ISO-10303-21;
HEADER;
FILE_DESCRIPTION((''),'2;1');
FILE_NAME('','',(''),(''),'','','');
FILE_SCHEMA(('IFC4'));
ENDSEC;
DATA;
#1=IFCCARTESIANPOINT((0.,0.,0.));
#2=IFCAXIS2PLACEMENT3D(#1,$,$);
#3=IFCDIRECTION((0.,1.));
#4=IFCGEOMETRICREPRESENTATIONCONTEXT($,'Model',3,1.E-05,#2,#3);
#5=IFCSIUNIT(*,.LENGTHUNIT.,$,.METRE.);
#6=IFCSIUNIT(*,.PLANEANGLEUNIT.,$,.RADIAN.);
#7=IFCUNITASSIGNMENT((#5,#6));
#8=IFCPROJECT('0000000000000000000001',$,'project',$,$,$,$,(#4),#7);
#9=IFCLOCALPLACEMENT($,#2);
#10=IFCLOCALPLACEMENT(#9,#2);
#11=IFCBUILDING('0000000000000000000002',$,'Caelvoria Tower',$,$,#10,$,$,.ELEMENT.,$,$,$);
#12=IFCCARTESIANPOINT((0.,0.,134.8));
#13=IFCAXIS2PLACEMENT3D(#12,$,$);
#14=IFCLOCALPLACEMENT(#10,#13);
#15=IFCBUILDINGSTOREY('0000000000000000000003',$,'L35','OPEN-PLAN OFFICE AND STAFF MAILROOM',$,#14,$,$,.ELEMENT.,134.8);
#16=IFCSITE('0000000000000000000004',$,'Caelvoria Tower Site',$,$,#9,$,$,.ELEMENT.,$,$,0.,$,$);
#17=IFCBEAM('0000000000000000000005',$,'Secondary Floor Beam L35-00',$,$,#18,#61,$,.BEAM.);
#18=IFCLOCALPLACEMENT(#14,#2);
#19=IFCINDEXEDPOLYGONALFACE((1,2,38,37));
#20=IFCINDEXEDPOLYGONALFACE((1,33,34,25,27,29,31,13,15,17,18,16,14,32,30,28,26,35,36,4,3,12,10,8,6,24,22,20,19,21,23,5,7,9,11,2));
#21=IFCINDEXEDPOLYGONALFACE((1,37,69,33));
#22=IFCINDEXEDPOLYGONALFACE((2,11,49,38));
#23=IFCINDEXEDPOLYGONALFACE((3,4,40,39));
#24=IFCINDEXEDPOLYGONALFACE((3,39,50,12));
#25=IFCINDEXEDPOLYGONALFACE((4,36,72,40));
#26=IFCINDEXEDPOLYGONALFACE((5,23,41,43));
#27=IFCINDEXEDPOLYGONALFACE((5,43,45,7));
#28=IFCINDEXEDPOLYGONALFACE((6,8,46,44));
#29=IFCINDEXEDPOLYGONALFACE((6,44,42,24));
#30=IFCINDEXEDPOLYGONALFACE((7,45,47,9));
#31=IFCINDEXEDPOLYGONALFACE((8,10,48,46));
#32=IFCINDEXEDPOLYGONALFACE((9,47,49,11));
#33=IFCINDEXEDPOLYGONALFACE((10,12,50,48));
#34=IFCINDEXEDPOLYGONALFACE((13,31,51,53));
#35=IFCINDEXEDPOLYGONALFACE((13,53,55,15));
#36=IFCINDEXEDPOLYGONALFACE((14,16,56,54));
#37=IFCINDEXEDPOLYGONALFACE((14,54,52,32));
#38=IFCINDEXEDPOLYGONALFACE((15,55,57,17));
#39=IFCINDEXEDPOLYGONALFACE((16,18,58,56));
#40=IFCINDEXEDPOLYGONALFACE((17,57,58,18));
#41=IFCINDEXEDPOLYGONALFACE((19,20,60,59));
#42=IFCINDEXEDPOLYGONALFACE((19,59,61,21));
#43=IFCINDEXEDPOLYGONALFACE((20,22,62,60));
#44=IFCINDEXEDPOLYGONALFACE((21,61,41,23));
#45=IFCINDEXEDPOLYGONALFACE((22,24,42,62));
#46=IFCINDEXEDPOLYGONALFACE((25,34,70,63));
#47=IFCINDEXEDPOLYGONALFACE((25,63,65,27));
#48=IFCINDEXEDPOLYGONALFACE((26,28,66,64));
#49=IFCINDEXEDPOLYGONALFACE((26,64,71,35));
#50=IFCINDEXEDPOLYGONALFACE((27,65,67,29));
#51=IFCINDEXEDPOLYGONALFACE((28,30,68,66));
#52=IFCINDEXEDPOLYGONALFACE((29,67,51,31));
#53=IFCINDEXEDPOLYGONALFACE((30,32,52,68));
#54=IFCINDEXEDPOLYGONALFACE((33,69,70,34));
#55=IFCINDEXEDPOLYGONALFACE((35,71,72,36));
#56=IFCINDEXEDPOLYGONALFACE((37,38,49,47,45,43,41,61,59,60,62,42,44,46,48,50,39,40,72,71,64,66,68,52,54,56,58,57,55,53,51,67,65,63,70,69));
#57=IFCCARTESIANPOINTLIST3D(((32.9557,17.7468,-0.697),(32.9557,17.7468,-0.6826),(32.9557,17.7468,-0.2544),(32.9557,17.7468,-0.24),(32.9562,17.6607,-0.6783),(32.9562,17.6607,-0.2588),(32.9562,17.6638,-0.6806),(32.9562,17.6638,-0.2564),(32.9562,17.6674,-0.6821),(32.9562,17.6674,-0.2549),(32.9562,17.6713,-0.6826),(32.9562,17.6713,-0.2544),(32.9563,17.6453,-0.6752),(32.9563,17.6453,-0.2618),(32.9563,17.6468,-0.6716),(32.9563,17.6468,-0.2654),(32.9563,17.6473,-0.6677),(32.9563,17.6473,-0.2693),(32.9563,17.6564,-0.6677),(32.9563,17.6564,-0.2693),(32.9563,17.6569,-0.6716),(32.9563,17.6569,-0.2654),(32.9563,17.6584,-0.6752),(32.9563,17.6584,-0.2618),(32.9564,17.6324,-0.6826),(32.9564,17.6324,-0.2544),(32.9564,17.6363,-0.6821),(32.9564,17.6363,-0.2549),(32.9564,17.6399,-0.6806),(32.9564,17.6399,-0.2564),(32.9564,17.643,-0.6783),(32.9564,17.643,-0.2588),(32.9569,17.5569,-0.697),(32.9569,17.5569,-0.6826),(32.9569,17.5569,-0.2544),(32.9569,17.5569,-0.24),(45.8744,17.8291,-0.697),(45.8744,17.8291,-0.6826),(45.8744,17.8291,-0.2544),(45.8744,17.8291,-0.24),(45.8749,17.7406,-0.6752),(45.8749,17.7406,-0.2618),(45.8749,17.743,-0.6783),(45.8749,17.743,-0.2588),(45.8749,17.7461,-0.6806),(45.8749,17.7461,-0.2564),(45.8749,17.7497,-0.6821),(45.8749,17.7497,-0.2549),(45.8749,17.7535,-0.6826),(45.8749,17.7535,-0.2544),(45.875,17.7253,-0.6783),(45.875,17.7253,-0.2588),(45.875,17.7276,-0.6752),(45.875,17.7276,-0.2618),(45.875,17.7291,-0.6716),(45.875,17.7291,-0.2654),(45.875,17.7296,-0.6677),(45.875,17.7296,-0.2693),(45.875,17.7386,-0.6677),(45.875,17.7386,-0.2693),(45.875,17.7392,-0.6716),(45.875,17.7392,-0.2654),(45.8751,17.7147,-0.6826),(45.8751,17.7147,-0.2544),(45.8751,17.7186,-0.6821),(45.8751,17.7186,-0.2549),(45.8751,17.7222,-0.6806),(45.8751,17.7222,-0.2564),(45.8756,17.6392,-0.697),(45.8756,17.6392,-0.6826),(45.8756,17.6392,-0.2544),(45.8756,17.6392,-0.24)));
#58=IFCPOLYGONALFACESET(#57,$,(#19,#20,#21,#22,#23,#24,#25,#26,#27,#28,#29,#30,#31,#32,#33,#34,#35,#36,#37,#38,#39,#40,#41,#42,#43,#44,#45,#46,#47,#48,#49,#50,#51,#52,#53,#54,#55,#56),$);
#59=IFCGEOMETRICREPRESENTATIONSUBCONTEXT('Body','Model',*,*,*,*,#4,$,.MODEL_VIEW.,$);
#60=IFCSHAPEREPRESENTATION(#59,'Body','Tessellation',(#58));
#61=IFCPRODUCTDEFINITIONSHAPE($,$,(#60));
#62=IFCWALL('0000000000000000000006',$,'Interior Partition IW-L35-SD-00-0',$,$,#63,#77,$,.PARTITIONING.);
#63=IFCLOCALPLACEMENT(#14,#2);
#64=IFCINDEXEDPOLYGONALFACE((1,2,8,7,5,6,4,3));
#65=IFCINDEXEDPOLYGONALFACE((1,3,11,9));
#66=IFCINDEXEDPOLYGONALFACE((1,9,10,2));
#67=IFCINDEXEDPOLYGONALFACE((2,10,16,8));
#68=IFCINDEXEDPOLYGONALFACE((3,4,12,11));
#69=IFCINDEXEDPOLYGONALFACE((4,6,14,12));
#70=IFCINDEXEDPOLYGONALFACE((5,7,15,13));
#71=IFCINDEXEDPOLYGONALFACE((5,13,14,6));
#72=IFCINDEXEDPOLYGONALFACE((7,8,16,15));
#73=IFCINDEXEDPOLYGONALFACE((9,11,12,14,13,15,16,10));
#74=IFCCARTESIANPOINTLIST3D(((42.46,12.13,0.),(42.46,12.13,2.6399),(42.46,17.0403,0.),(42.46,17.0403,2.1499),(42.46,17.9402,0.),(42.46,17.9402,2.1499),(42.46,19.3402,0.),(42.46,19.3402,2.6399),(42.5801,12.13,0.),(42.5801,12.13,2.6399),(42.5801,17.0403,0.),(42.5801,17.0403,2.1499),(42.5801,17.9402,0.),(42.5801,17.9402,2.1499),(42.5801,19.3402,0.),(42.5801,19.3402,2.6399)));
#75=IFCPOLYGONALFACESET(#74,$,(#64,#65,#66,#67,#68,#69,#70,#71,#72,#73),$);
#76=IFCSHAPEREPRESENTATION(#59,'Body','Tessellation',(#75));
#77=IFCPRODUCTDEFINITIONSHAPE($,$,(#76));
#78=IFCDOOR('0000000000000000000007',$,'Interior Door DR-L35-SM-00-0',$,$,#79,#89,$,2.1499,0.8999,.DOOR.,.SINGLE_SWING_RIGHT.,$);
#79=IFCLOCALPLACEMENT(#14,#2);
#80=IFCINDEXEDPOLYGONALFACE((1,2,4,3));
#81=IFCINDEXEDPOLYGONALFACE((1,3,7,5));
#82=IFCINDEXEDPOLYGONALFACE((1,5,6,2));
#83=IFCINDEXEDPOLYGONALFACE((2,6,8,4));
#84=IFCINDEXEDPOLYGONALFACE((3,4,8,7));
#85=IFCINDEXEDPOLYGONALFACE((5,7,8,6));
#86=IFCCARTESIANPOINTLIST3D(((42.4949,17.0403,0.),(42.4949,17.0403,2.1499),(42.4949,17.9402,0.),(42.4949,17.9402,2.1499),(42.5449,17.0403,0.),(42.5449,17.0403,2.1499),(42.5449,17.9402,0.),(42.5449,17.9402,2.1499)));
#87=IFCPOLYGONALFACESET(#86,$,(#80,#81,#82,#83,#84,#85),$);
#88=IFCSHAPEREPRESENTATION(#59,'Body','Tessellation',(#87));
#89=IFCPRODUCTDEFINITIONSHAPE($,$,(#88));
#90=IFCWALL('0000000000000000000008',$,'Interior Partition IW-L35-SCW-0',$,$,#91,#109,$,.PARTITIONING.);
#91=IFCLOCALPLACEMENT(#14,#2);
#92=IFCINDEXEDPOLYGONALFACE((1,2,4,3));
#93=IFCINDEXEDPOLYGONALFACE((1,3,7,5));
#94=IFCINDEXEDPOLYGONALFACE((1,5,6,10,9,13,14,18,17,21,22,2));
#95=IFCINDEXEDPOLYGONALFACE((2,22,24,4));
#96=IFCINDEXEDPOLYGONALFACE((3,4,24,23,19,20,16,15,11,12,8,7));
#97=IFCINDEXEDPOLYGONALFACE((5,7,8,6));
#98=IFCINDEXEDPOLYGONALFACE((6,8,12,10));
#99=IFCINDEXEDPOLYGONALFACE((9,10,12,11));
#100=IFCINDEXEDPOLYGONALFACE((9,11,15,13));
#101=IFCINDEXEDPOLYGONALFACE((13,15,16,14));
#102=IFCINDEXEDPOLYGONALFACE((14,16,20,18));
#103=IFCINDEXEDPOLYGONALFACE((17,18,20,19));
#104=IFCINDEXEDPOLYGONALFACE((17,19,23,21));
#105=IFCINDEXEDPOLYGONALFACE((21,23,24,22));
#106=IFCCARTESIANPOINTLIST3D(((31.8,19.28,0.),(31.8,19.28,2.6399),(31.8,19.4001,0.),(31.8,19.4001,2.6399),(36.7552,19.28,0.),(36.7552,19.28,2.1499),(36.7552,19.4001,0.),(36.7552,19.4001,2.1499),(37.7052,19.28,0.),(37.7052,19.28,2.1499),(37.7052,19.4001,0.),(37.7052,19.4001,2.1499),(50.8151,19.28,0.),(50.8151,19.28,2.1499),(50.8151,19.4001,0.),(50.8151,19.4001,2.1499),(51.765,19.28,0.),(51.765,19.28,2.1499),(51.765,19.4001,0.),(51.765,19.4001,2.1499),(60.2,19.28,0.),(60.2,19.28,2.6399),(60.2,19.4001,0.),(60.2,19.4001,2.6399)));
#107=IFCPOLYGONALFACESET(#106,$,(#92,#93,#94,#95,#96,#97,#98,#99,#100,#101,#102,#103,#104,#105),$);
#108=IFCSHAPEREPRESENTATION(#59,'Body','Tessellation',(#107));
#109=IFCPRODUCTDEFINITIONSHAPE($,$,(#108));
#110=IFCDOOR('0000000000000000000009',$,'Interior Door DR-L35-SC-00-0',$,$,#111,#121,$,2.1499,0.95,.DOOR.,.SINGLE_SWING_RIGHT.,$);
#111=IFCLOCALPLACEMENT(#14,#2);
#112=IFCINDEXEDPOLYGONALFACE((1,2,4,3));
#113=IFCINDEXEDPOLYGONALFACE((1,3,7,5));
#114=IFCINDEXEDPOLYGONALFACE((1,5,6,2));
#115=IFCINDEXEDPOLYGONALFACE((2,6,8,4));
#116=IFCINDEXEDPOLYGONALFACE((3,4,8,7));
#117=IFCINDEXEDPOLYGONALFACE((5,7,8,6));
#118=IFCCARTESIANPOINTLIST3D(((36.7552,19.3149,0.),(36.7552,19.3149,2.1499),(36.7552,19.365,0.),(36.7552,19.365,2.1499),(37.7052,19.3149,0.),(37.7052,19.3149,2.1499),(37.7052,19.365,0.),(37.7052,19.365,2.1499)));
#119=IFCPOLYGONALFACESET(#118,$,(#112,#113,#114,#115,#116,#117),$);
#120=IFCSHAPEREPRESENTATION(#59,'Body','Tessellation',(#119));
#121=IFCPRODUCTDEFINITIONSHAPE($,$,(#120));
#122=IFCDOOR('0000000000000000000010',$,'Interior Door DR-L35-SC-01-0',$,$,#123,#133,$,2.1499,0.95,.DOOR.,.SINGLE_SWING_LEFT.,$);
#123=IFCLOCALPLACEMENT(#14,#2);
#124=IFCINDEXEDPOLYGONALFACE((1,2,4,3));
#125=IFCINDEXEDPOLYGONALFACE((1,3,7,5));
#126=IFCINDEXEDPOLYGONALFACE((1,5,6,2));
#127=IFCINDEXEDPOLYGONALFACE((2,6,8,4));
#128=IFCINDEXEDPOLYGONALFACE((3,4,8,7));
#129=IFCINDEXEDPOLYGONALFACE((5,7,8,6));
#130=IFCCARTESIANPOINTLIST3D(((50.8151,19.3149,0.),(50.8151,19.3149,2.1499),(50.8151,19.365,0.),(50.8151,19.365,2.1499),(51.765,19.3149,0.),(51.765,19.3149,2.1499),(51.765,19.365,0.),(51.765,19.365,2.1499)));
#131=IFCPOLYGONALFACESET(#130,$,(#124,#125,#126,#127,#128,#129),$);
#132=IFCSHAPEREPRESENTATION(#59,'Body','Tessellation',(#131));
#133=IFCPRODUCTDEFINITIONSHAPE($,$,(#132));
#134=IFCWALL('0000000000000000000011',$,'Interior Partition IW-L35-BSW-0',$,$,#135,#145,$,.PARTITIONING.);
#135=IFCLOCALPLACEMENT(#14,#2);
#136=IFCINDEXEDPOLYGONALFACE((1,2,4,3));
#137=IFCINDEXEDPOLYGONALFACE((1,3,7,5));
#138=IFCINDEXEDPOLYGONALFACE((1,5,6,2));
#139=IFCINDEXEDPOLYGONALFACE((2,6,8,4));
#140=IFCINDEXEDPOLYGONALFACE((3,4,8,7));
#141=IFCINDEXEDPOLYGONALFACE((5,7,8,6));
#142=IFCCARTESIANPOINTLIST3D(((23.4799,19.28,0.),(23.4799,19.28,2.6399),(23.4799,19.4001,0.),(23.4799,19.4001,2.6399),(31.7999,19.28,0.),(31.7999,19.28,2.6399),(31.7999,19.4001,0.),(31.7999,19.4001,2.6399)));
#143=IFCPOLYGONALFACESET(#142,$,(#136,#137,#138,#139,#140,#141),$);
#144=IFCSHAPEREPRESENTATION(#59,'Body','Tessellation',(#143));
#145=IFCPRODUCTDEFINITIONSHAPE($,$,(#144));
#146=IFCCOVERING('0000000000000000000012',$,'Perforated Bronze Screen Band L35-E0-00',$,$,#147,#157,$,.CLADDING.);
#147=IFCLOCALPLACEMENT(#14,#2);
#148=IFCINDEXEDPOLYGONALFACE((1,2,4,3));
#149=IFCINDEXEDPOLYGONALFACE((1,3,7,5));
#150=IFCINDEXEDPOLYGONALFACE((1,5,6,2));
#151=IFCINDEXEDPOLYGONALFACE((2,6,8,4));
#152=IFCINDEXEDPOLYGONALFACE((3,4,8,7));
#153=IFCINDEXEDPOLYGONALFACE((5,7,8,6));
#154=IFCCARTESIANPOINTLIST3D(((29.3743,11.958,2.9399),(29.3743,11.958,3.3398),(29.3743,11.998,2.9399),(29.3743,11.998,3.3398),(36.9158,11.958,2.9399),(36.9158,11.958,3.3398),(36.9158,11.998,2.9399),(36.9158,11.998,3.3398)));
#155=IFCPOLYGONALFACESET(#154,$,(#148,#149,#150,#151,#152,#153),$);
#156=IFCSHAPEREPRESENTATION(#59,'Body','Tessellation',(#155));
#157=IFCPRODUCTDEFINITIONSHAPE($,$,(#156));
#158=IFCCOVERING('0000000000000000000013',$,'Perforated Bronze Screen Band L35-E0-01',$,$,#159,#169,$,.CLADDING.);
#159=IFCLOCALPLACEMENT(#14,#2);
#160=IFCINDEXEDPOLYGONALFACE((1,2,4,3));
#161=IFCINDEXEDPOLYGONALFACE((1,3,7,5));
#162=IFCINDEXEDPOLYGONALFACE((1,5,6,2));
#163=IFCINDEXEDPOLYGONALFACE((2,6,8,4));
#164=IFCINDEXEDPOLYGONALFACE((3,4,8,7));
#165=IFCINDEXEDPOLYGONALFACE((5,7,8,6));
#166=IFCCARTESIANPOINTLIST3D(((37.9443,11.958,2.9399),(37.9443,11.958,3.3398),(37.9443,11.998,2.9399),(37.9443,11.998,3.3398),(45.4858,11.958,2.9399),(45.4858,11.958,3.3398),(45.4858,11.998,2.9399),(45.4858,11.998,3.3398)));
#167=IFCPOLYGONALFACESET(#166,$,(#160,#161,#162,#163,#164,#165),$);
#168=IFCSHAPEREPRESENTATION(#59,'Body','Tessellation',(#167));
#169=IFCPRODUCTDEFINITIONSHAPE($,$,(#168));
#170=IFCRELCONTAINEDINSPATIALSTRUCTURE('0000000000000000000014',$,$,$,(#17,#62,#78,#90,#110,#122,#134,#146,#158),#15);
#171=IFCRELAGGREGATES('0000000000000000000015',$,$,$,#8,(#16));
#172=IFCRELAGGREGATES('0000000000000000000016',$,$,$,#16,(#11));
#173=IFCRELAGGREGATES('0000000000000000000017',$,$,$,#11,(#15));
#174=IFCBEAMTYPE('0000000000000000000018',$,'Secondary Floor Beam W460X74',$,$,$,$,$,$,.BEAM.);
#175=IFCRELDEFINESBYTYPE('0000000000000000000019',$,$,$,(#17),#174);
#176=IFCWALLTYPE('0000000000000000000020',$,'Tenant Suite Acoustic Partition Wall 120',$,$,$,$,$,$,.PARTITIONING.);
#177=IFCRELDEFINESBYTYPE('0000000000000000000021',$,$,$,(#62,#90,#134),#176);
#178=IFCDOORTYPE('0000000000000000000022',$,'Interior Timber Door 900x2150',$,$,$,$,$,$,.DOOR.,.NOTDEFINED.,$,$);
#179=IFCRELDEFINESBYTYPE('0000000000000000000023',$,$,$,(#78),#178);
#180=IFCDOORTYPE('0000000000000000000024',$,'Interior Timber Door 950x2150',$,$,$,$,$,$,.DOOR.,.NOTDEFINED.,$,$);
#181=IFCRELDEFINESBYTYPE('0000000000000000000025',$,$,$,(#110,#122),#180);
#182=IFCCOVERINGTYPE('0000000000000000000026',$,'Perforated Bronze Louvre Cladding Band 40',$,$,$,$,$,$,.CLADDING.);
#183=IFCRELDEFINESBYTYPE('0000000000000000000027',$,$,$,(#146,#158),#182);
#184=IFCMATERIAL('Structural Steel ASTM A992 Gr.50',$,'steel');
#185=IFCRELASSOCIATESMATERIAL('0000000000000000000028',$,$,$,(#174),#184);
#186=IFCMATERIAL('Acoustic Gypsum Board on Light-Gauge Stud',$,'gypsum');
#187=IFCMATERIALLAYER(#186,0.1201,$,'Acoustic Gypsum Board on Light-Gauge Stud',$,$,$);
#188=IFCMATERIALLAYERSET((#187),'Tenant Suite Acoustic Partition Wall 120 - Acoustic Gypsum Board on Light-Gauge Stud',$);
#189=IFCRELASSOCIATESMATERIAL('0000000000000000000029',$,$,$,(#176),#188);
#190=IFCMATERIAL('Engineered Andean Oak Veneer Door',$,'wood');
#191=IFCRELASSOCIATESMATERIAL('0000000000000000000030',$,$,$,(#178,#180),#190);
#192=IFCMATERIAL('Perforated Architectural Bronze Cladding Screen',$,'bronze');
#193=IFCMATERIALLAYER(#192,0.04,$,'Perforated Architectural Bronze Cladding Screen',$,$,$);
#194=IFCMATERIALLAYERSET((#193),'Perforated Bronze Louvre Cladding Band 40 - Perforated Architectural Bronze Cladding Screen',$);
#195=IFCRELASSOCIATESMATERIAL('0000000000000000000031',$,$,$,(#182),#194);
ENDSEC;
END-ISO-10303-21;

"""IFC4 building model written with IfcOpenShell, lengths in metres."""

from ifc_helpers import new_model, si_unit, direction, frame, frame_2d, origin, origin_2d, place, context, subcontext, project, spatial, rectangle, i_section, extrude, material, layer, layer_set, material_profile, profile_set, type_object, element, fill, save


model = new_model("IFC4")

# Units and contexts
model_context = context("Model", 3, precision=1e-05, world=origin(), true_north=direction((0.0, 1.0)))
body_context = subcontext(model_context, "Body", "Model", "MODEL_VIEW")
ifc_project = project(units=[si_unit("LENGTHUNIT", "METRE"), si_unit("PLANEANGLEUNIT", "RADIAN")], contexts=[model_context])

# Site, building, storey
site_placement = place(None, origin())
site = spatial("IfcSite", under=ifc_project, at=site_placement, Name="Caelvoria Tower Site", CompositionType="ELEMENT", RefElevation=0.0)
building_placement = place(site_placement, origin())
building = spatial("IfcBuilding", under=site, at=building_placement, Name="Caelvoria Tower", CompositionType="ELEMENT")
storey_placement = place(building_placement, frame((0.0, 0.0, 134.8)))
storey = spatial("IfcBuildingStorey", under=building, at=storey_placement, Name="L35", Description="OPEN-PLAN OFFICE AND STAFF MAILROOM", CompositionType="ELEMENT", Elevation=134.8)

# Beam
ifc_material_1 = material(Name="Structural Steel ASTM A992 Gr.50", Category="steel")
ifc_material_profile = material_profile(ifc_material_1, i_section(OverallWidth=0.1899, OverallDepth=0.457, WebThickness=0.009, FlangeThickness=0.0144, FilletRadius=0.0149, at=origin_2d()), Name="Structural Steel ASTM A992 Gr.50")
ifc_profile_set = profile_set([ifc_material_profile], Name="W460X74 - Structural Steel ASTM A992 Gr.50")
beam_type = type_object("IfcBeamType", Name="Secondary Floor Beam W460X74", PredefinedType="BEAM", material=ifc_profile_set)
beam_placement = place(storey_placement, frame((32.9563, 17.6519, -0.4685), z_axis=(0.99998, 0.006369, 0.0), x_axis=(-0.006369, 0.99998, 0.0)))
element("IfcBeam", 1, at=beam_placement, inside=storey, type_object=beam_type, Name="Secondary Floor Beam L35-00", PredefinedType="BEAM", context=body_context, shape_type="SweptSolid", body=[
    extrude(i_section(OverallWidth=0.1899, OverallDepth=0.457, WebThickness=0.009, FlangeThickness=0.0144, FilletRadius=0.0149, at=origin_2d()), origin(), (0.0, 0.0, 1.0), 12.9189),
])

# Wall, opening, door
ifc_material_2 = material(Name="Acoustic Gypsum Board on Light-Gauge Stud", Category="gypsum")
ifc_layer_1 = layer(ifc_material_2, 0.1201, Name="Acoustic Gypsum Board on Light-Gauge Stud")
ifc_layer_set_1 = layer_set([ifc_layer_1], Name="Tenant Suite Acoustic Partition Wall 120 - Acoustic Gypsum Board on Light-Gauge Stud")
wall_type = type_object("IfcWallType", Name="Tenant Suite Acoustic Partition Wall 120", PredefinedType="PARTITIONING", material=ifc_layer_set_1)
wall_1_placement = place(storey_placement, frame((42.52, 19.3401, 0.0), z_axis=(0.0, 0.0, 1.0), x_axis=(0.0, -1.0, 0.0)))
wall_1 = element("IfcWall", 2, at=wall_1_placement, inside=storey, type_object=wall_type, Name="Interior Partition IW-L35-SD-00-0", PredefinedType="PARTITIONING", context=body_context, shape_type="SweptSolid", body=[
    extrude(rectangle(XDim=7.2102, YDim=0.1201, at=frame_2d((3.605, 0.0))), origin(), (0.0, 0.0, 1.0), 2.6399),
])
opening_1_placement = place(wall_1_placement, frame((1.3999, 0.0, 0.0)))
opening_1 = element("IfcOpeningElement", 3, at=opening_1_placement, cuts=wall_1, PredefinedType="OPENING", context=body_context, shape_type="SweptSolid", body=[
    extrude(rectangle(XDim=0.8999, YDim=2.1499, at=frame_2d((0.45, 1.075))), frame((0.0, 0.0701, 0.0), z_axis=(0.0, -1.0, 0.0), x_axis=(1.0, 0.0, 0.0)), (0.0, 0.0, 1.0), 0.1401),
])
ifc_material_3 = material(Name="Engineered Andean Oak Veneer Door", Category="wood")
door_type_1 = type_object("IfcDoorType", Name="Interior Timber Door 900x2150", OperationType="NOTDEFINED", PredefinedType="DOOR", material=ifc_material_3)
door_1_placement = place(opening_1_placement, origin())
door_1 = element("IfcDoor", 4, at=door_1_placement, inside=storey, type_object=door_type_1, Name="Interior Door DR-L35-SM-00-0", OperationType="SINGLE_SWING_RIGHT", OverallHeight=2.1499, OverallWidth=0.8999, PredefinedType="DOOR", context=body_context, shape_type="SweptSolid", body=[
    extrude(rectangle(XDim=0.8999, YDim=2.1499, at=frame_2d((0.45, 1.075))), frame((0.0, 0.0249, 0.0), z_axis=(0.0, -1.0, 0.0), x_axis=(1.0, 0.0, 0.0)), (0.0, 0.0, 1.0), 0.05),
])
fill(opening_1, door_1)

# Wall, openings, doors
wall_2_placement = place(storey_placement, frame((31.8, 19.3401, 0.0), z_axis=(0.0, 0.0, 1.0), x_axis=(1.0, 0.0, 0.0)))
wall_2 = element("IfcWall", 5, at=wall_2_placement, inside=storey, type_object=wall_type, Name="Interior Partition IW-L35-SCW-0", PredefinedType="PARTITIONING", context=body_context, shape_type="SweptSolid", body=[
    extrude(rectangle(XDim=28.3999, YDim=0.1201, at=frame_2d((14.2, 0.0))), origin(), (0.0, 0.0, 1.0), 2.6399),
])
opening_2_placement = place(wall_2_placement, frame((4.9551, 0.0, 0.0)))
opening_2 = element("IfcOpeningElement", 6, at=opening_2_placement, cuts=wall_2, PredefinedType="OPENING", context=body_context, shape_type="SweptSolid", body=[
    extrude(rectangle(XDim=0.95, YDim=2.1499, at=frame_2d((0.4751, 1.075))), frame((0.0, 0.0701, 0.0), z_axis=(0.0, -1.0, 0.0), x_axis=(1.0, 0.0, 0.0)), (0.0, 0.0, 1.0), 0.1401),
])
opening_3_placement = place(wall_2_placement, frame((19.0149, 0.0, 0.0)))
opening_3 = element("IfcOpeningElement", 7, at=opening_3_placement, cuts=wall_2, PredefinedType="OPENING", context=body_context, shape_type="SweptSolid", body=[
    extrude(rectangle(XDim=0.95, YDim=2.1499, at=frame_2d((0.4751, 1.075))), frame((0.0, 0.0701, 0.0), z_axis=(0.0, -1.0, 0.0), x_axis=(1.0, 0.0, 0.0)), (0.0, 0.0, 1.0), 0.1401),
])
door_type_2 = type_object("IfcDoorType", Name="Interior Timber Door 950x2150", OperationType="NOTDEFINED", PredefinedType="DOOR", material=ifc_material_3)
door_2_placement = place(opening_2_placement, origin())
door_2 = element("IfcDoor", 8, at=door_2_placement, inside=storey, type_object=door_type_2, Name="Interior Door DR-L35-SC-00-0", OperationType="SINGLE_SWING_RIGHT", OverallHeight=2.1499, OverallWidth=0.95, PredefinedType="DOOR", context=body_context, shape_type="SweptSolid", body=[
    extrude(rectangle(XDim=0.95, YDim=2.1499, at=frame_2d((0.4751, 1.075))), frame((0.0, 0.0249, 0.0), z_axis=(0.0, -1.0, 0.0), x_axis=(1.0, 0.0, 0.0)), (0.0, 0.0, 1.0), 0.05),
])
fill(opening_2, door_2)
door_3_placement = place(opening_3_placement, origin())
door_3 = element("IfcDoor", 9, at=door_3_placement, inside=storey, type_object=door_type_2, Name="Interior Door DR-L35-SC-01-0", OperationType="SINGLE_SWING_LEFT", OverallHeight=2.1499, OverallWidth=0.95, PredefinedType="DOOR", context=body_context, shape_type="SweptSolid", body=[
    extrude(rectangle(XDim=0.95, YDim=2.1499, at=frame_2d((0.4751, 1.075))), frame((0.0, 0.0249, 0.0), z_axis=(0.0, -1.0, 0.0), x_axis=(1.0, 0.0, 0.0)), (0.0, 0.0, 1.0), 0.05),
])
fill(opening_3, door_3)

# Wall
wall_3_placement = place(storey_placement, frame((31.8, 19.3401, 0.0), z_axis=(0.0, 0.0, 1.0), x_axis=(-1.0, 0.0, 0.0)))
element("IfcWall", 10, at=wall_3_placement, inside=storey, type_object=wall_type, Name="Interior Partition IW-L35-BSW-0", PredefinedType="PARTITIONING", context=body_context, shape_type="SweptSolid", body=[
    extrude(rectangle(XDim=8.3201, YDim=0.1201, at=frame_2d((4.1602, 0.0))), origin(), (0.0, 0.0, 1.0), 2.6399),
])

# Coverings
ifc_material_4 = material(Name="Perforated Architectural Bronze Cladding Screen", Category="bronze")
ifc_layer_2 = layer(ifc_material_4, 0.04, Name="Perforated Architectural Bronze Cladding Screen")
ifc_layer_set_2 = layer_set([ifc_layer_2], Name="Perforated Bronze Louvre Cladding Band 40 - Perforated Architectural Bronze Cladding Screen")
covering_type = type_object("IfcCoveringType", Name="Perforated Bronze Louvre Cladding Band 40", PredefinedType="CLADDING", material=ifc_layer_set_2)
for number, where, z_axis, x_axis, name in (
    (11, (33.145, 11.978, 2.9399), (0.0, 0.0, 1.0), (1.0, 0.0, 0.0), "Perforated Bronze Screen Band L35-E0-00"),
    (12, (41.7151, 11.978, 2.9399), (0.0, 0.0, 1.0), (1.0, 0.0, 0.0), "Perforated Bronze Screen Band L35-E0-01"),
):
    element("IfcCovering", number, at=place(storey_placement, frame(where, z_axis=z_axis, x_axis=x_axis)), inside=storey, type_object=covering_type, Name=name, PredefinedType="CLADDING", context=body_context, shape_type="SweptSolid", body=[
        extrude(rectangle(XDim=7.5415, YDim=0.04, at=origin_2d()), origin(), (0.0, 0.0, 1.0), 0.3999),
    ])

save(model, "model.ifc")
